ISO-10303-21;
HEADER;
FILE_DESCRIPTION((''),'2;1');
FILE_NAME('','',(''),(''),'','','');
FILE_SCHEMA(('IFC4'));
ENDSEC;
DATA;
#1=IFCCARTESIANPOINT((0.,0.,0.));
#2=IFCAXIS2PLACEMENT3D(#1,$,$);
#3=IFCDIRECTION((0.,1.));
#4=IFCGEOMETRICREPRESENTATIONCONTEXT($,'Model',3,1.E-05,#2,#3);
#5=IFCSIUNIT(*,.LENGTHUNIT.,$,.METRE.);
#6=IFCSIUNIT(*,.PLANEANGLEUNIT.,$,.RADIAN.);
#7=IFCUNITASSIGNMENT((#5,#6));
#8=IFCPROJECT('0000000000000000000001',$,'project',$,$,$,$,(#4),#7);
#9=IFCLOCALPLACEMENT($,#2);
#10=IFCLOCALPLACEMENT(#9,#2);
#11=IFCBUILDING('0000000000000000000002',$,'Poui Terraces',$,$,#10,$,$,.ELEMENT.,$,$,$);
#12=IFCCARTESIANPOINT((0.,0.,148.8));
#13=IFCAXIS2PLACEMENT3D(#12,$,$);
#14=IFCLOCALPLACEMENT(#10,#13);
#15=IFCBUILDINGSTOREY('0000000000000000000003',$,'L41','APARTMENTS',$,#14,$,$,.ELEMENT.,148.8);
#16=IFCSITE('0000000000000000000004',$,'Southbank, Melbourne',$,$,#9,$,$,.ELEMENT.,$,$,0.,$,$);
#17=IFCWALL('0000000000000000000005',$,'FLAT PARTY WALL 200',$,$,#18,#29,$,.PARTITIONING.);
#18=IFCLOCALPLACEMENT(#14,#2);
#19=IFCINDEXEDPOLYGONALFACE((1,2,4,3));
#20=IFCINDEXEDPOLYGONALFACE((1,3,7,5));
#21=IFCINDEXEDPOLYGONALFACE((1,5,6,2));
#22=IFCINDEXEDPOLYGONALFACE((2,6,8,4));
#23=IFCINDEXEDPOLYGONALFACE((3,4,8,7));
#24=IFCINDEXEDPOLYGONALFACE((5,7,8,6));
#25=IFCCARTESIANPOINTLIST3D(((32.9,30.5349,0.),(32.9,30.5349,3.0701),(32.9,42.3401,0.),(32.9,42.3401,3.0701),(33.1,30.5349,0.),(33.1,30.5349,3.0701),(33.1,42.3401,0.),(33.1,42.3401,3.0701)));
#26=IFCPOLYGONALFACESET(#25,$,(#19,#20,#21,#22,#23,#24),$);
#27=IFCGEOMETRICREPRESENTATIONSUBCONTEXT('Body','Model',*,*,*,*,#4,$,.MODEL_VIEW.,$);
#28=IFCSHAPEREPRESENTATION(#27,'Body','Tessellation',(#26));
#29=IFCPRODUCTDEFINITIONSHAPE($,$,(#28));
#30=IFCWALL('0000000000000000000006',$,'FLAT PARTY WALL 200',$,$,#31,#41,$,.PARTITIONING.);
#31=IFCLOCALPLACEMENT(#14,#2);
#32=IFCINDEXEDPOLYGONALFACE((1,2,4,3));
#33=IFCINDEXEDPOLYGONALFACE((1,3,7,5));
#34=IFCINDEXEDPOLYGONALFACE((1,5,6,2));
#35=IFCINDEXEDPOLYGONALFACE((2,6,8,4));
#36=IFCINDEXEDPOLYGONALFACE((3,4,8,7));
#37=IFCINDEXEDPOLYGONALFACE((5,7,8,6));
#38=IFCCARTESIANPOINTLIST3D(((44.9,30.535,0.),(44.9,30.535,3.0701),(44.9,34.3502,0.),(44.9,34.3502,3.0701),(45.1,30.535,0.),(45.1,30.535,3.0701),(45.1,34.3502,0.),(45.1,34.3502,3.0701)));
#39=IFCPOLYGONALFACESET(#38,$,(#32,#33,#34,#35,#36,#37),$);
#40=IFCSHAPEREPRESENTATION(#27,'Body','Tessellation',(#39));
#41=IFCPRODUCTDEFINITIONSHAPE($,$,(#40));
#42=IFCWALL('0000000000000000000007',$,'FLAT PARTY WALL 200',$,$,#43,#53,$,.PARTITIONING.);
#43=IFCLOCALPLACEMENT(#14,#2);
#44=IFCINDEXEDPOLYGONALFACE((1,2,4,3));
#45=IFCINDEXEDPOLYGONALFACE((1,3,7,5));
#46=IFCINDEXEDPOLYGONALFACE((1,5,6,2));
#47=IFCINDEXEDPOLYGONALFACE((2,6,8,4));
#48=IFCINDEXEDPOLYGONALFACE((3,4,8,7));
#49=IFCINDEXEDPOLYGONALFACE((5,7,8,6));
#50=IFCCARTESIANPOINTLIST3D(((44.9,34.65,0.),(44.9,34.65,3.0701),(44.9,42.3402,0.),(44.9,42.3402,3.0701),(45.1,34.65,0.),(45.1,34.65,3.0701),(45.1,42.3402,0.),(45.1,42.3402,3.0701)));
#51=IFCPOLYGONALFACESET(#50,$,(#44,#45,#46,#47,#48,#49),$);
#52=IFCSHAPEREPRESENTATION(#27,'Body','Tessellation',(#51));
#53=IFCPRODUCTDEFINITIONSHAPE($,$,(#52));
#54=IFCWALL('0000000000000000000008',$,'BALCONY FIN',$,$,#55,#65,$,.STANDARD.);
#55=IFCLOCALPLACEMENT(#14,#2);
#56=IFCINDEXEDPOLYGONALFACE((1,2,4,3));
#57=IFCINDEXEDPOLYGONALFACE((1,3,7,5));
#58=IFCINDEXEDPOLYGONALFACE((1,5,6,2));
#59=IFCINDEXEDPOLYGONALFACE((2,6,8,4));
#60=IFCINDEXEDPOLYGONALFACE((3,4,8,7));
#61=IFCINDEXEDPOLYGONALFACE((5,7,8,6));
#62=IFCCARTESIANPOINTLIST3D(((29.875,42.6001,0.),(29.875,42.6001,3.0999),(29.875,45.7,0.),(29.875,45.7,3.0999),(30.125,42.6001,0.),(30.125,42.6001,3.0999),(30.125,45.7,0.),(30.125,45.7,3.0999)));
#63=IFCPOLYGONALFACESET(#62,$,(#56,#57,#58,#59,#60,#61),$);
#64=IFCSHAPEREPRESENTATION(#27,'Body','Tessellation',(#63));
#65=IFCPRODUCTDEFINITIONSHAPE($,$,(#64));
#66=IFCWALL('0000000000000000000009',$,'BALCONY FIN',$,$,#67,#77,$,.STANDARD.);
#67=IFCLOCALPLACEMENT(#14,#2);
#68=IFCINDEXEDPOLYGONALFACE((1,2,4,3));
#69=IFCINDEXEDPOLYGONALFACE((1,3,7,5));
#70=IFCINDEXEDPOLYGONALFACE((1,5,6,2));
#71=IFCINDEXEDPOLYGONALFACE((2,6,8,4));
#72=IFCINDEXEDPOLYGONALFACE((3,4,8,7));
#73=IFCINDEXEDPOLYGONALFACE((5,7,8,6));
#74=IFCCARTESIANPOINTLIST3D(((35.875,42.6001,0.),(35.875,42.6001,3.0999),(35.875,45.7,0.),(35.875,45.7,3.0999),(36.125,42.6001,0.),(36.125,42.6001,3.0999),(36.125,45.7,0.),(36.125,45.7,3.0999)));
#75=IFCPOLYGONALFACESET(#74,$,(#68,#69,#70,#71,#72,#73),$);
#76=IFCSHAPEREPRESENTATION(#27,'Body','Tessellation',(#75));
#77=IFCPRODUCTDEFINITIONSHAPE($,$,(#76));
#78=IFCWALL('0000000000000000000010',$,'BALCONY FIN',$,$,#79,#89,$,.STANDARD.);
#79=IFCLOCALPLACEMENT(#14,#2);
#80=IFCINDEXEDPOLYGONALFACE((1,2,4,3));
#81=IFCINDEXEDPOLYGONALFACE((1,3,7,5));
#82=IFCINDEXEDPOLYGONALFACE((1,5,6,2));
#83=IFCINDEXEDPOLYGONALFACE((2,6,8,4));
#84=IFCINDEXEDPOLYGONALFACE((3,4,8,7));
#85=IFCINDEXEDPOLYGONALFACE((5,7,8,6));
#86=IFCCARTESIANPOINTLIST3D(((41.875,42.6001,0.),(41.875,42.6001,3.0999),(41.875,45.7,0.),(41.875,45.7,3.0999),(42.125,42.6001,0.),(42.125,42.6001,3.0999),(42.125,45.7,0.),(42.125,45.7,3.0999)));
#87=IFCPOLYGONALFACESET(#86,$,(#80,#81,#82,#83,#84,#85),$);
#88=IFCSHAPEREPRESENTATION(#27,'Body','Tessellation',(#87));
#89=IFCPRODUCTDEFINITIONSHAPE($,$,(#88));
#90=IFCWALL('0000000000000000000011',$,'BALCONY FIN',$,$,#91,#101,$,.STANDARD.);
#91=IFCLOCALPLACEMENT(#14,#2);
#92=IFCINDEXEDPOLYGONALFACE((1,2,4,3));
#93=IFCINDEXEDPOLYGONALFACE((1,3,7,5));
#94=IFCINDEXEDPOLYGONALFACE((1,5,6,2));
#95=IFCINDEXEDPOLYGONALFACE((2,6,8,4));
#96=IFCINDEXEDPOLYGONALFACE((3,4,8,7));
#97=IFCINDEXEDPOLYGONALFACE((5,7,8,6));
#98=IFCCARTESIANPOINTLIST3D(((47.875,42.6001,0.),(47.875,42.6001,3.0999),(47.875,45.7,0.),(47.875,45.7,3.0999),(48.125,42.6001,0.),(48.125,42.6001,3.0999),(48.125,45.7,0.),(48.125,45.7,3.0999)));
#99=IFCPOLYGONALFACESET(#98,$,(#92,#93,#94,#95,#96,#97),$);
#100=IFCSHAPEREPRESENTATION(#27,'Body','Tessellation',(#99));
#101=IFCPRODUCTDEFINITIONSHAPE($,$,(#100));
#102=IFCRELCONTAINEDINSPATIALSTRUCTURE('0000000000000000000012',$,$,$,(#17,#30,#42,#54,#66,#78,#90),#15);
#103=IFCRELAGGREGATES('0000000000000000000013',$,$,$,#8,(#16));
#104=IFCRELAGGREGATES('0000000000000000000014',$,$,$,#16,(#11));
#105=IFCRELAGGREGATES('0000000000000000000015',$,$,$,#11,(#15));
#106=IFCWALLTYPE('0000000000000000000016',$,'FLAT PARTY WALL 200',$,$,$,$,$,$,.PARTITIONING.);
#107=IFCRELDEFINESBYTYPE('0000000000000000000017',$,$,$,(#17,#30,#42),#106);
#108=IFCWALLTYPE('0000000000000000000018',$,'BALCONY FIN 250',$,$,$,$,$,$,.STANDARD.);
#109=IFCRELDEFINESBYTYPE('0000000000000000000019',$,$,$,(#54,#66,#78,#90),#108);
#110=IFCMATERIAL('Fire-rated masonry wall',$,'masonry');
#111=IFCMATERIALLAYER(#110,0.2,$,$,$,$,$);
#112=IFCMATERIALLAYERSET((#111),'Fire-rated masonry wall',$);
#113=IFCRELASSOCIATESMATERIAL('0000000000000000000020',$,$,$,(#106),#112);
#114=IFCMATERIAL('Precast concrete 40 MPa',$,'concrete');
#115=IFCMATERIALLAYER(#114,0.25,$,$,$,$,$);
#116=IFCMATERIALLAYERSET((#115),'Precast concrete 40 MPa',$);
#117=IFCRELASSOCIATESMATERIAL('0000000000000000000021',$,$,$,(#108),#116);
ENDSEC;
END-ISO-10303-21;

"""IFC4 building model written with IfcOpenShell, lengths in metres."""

from ifc_helpers import new_model, si_unit, direction, frame, frame_2d, origin, place, context, subcontext, project, spatial, polyline, rectangle, outline, extrude, source, transform, mapped, material, layer, layer_set, type_object, element, save


model = new_model("IFC4")

# Units and contexts
model_context = context("Model", 3, precision=1e-05, world=origin(), true_north=direction((0.0, 1.0)))
body_context = subcontext(model_context, "Body", "Model", "MODEL_VIEW")
ifc_project = project(units=[si_unit("LENGTHUNIT", "METRE"), si_unit("PLANEANGLEUNIT", "RADIAN")], contexts=[model_context])

# Site, building, storey
site_placement = place(None, origin())
site = spatial("IfcSite", under=ifc_project, at=site_placement, Name="Southbank, Melbourne", CompositionType="ELEMENT", RefElevation=0.0)
building_placement = place(site_placement, origin())
building = spatial("IfcBuilding", under=site, at=building_placement, Name="Poui Terraces", CompositionType="ELEMENT")
storey_placement = place(building_placement, frame((0.0, 0.0, 148.8)))
storey = spatial("IfcBuildingStorey", under=building, at=storey_placement, Name="L41", Description="APARTMENTS", CompositionType="ELEMENT", Elevation=148.8)

# Walls
ifc_material_1 = material(Name="Fire-rated masonry wall", Category="masonry")
ifc_layer_1 = layer(ifc_material_1, 0.2)
ifc_layer_set_1 = layer_set([ifc_layer_1], Name="Fire-rated masonry wall")
wall_type_1 = type_object("IfcWallType", Name="FLAT PARTY WALL 200", PredefinedType="PARTITIONING", material=ifc_layer_set_1)
wall_1_placement = place(storey_placement, frame((33.0, 30.5349, 0.0), z_axis=(0.0, 0.0, 1.0), x_axis=(0.0, 1.0, 0.0)))
element("IfcWall", 1, at=wall_1_placement, inside=storey, type_object=wall_type_1, Name="FLAT PARTY WALL 200", PredefinedType="PARTITIONING", context=body_context, shape_type="SweptSolid", body=[
    extrude(rectangle(XDim=11.8052, YDim=0.2, at=frame_2d((5.9026, 0.0))), origin(), (0.0, 0.0, 1.0), 3.0701),
])
wall_2_placement = place(storey_placement, frame((45.0, 30.5349, 0.0), z_axis=(0.0, 0.0, 1.0), x_axis=(0.0, 1.0, 0.0)))
element("IfcWall", 2, at=wall_2_placement, inside=storey, type_object=wall_type_1, Name="FLAT PARTY WALL 200", PredefinedType="PARTITIONING", context=body_context, shape_type="SweptSolid", body=[
    extrude(rectangle(XDim=3.8152, YDim=0.2, at=frame_2d((1.9077, 0.0))), origin(), (0.0, 0.0, 1.0), 3.0701),
])
wall_3_placement = place(storey_placement, frame((45.0, 34.6499, 0.0), z_axis=(0.0, 0.0, 1.0), x_axis=(0.0, 1.0, 0.0)))
element("IfcWall", 3, at=wall_3_placement, inside=storey, type_object=wall_type_1, Name="FLAT PARTY WALL 200", PredefinedType="PARTITIONING", context=body_context, shape_type="SweptSolid", body=[
    extrude(rectangle(XDim=7.6902, YDim=0.2, at=frame_2d((3.8452, 0.0))), origin(), (0.0, 0.0, 1.0), 3.0701),
])
ifc_material_2 = material(Name="Precast concrete 40 MPa", Category="concrete")
ifc_layer_2 = layer(ifc_material_2, 0.25)
ifc_layer_set_2 = layer_set([ifc_layer_2], Name="Precast concrete 40 MPa")
wall_type_2 = type_object("IfcWallType", Name="BALCONY FIN 250", PredefinedType="STANDARD", material=ifc_layer_set_2)
shared_shape_1 = source(origin(), body_context, "Body", "SweptSolid", [
    extrude(outline(polyline([(0.0, 0.0), (0.25, 0.0), (0.25, 3.0999), (0.0, 3.0999), (0.0, 0.0)])), origin(), (0.0, 0.0, 1.0), 3.0999),
])
for number, where, name in (
    (4, (29.875, 42.6001, 0.0), "BALCONY FIN"),
    (5, (35.875, 42.6001, 0.0), "BALCONY FIN"),
    (6, (41.875, 42.6001, 0.0), "BALCONY FIN"),
    (7, (47.875, 42.6001, 0.0), "BALCONY FIN"),
):
    element("IfcWall", number, at=place(storey_placement, frame(where)), inside=storey, type_object=wall_type_2, Name=name, PredefinedType="STANDARD", context=body_context, shape_type="MappedRepresentation", body=[
        mapped(shared_shape_1, transform((0.0, 0.0, 0.0))),
    ])

save(model, "model.ifc")
